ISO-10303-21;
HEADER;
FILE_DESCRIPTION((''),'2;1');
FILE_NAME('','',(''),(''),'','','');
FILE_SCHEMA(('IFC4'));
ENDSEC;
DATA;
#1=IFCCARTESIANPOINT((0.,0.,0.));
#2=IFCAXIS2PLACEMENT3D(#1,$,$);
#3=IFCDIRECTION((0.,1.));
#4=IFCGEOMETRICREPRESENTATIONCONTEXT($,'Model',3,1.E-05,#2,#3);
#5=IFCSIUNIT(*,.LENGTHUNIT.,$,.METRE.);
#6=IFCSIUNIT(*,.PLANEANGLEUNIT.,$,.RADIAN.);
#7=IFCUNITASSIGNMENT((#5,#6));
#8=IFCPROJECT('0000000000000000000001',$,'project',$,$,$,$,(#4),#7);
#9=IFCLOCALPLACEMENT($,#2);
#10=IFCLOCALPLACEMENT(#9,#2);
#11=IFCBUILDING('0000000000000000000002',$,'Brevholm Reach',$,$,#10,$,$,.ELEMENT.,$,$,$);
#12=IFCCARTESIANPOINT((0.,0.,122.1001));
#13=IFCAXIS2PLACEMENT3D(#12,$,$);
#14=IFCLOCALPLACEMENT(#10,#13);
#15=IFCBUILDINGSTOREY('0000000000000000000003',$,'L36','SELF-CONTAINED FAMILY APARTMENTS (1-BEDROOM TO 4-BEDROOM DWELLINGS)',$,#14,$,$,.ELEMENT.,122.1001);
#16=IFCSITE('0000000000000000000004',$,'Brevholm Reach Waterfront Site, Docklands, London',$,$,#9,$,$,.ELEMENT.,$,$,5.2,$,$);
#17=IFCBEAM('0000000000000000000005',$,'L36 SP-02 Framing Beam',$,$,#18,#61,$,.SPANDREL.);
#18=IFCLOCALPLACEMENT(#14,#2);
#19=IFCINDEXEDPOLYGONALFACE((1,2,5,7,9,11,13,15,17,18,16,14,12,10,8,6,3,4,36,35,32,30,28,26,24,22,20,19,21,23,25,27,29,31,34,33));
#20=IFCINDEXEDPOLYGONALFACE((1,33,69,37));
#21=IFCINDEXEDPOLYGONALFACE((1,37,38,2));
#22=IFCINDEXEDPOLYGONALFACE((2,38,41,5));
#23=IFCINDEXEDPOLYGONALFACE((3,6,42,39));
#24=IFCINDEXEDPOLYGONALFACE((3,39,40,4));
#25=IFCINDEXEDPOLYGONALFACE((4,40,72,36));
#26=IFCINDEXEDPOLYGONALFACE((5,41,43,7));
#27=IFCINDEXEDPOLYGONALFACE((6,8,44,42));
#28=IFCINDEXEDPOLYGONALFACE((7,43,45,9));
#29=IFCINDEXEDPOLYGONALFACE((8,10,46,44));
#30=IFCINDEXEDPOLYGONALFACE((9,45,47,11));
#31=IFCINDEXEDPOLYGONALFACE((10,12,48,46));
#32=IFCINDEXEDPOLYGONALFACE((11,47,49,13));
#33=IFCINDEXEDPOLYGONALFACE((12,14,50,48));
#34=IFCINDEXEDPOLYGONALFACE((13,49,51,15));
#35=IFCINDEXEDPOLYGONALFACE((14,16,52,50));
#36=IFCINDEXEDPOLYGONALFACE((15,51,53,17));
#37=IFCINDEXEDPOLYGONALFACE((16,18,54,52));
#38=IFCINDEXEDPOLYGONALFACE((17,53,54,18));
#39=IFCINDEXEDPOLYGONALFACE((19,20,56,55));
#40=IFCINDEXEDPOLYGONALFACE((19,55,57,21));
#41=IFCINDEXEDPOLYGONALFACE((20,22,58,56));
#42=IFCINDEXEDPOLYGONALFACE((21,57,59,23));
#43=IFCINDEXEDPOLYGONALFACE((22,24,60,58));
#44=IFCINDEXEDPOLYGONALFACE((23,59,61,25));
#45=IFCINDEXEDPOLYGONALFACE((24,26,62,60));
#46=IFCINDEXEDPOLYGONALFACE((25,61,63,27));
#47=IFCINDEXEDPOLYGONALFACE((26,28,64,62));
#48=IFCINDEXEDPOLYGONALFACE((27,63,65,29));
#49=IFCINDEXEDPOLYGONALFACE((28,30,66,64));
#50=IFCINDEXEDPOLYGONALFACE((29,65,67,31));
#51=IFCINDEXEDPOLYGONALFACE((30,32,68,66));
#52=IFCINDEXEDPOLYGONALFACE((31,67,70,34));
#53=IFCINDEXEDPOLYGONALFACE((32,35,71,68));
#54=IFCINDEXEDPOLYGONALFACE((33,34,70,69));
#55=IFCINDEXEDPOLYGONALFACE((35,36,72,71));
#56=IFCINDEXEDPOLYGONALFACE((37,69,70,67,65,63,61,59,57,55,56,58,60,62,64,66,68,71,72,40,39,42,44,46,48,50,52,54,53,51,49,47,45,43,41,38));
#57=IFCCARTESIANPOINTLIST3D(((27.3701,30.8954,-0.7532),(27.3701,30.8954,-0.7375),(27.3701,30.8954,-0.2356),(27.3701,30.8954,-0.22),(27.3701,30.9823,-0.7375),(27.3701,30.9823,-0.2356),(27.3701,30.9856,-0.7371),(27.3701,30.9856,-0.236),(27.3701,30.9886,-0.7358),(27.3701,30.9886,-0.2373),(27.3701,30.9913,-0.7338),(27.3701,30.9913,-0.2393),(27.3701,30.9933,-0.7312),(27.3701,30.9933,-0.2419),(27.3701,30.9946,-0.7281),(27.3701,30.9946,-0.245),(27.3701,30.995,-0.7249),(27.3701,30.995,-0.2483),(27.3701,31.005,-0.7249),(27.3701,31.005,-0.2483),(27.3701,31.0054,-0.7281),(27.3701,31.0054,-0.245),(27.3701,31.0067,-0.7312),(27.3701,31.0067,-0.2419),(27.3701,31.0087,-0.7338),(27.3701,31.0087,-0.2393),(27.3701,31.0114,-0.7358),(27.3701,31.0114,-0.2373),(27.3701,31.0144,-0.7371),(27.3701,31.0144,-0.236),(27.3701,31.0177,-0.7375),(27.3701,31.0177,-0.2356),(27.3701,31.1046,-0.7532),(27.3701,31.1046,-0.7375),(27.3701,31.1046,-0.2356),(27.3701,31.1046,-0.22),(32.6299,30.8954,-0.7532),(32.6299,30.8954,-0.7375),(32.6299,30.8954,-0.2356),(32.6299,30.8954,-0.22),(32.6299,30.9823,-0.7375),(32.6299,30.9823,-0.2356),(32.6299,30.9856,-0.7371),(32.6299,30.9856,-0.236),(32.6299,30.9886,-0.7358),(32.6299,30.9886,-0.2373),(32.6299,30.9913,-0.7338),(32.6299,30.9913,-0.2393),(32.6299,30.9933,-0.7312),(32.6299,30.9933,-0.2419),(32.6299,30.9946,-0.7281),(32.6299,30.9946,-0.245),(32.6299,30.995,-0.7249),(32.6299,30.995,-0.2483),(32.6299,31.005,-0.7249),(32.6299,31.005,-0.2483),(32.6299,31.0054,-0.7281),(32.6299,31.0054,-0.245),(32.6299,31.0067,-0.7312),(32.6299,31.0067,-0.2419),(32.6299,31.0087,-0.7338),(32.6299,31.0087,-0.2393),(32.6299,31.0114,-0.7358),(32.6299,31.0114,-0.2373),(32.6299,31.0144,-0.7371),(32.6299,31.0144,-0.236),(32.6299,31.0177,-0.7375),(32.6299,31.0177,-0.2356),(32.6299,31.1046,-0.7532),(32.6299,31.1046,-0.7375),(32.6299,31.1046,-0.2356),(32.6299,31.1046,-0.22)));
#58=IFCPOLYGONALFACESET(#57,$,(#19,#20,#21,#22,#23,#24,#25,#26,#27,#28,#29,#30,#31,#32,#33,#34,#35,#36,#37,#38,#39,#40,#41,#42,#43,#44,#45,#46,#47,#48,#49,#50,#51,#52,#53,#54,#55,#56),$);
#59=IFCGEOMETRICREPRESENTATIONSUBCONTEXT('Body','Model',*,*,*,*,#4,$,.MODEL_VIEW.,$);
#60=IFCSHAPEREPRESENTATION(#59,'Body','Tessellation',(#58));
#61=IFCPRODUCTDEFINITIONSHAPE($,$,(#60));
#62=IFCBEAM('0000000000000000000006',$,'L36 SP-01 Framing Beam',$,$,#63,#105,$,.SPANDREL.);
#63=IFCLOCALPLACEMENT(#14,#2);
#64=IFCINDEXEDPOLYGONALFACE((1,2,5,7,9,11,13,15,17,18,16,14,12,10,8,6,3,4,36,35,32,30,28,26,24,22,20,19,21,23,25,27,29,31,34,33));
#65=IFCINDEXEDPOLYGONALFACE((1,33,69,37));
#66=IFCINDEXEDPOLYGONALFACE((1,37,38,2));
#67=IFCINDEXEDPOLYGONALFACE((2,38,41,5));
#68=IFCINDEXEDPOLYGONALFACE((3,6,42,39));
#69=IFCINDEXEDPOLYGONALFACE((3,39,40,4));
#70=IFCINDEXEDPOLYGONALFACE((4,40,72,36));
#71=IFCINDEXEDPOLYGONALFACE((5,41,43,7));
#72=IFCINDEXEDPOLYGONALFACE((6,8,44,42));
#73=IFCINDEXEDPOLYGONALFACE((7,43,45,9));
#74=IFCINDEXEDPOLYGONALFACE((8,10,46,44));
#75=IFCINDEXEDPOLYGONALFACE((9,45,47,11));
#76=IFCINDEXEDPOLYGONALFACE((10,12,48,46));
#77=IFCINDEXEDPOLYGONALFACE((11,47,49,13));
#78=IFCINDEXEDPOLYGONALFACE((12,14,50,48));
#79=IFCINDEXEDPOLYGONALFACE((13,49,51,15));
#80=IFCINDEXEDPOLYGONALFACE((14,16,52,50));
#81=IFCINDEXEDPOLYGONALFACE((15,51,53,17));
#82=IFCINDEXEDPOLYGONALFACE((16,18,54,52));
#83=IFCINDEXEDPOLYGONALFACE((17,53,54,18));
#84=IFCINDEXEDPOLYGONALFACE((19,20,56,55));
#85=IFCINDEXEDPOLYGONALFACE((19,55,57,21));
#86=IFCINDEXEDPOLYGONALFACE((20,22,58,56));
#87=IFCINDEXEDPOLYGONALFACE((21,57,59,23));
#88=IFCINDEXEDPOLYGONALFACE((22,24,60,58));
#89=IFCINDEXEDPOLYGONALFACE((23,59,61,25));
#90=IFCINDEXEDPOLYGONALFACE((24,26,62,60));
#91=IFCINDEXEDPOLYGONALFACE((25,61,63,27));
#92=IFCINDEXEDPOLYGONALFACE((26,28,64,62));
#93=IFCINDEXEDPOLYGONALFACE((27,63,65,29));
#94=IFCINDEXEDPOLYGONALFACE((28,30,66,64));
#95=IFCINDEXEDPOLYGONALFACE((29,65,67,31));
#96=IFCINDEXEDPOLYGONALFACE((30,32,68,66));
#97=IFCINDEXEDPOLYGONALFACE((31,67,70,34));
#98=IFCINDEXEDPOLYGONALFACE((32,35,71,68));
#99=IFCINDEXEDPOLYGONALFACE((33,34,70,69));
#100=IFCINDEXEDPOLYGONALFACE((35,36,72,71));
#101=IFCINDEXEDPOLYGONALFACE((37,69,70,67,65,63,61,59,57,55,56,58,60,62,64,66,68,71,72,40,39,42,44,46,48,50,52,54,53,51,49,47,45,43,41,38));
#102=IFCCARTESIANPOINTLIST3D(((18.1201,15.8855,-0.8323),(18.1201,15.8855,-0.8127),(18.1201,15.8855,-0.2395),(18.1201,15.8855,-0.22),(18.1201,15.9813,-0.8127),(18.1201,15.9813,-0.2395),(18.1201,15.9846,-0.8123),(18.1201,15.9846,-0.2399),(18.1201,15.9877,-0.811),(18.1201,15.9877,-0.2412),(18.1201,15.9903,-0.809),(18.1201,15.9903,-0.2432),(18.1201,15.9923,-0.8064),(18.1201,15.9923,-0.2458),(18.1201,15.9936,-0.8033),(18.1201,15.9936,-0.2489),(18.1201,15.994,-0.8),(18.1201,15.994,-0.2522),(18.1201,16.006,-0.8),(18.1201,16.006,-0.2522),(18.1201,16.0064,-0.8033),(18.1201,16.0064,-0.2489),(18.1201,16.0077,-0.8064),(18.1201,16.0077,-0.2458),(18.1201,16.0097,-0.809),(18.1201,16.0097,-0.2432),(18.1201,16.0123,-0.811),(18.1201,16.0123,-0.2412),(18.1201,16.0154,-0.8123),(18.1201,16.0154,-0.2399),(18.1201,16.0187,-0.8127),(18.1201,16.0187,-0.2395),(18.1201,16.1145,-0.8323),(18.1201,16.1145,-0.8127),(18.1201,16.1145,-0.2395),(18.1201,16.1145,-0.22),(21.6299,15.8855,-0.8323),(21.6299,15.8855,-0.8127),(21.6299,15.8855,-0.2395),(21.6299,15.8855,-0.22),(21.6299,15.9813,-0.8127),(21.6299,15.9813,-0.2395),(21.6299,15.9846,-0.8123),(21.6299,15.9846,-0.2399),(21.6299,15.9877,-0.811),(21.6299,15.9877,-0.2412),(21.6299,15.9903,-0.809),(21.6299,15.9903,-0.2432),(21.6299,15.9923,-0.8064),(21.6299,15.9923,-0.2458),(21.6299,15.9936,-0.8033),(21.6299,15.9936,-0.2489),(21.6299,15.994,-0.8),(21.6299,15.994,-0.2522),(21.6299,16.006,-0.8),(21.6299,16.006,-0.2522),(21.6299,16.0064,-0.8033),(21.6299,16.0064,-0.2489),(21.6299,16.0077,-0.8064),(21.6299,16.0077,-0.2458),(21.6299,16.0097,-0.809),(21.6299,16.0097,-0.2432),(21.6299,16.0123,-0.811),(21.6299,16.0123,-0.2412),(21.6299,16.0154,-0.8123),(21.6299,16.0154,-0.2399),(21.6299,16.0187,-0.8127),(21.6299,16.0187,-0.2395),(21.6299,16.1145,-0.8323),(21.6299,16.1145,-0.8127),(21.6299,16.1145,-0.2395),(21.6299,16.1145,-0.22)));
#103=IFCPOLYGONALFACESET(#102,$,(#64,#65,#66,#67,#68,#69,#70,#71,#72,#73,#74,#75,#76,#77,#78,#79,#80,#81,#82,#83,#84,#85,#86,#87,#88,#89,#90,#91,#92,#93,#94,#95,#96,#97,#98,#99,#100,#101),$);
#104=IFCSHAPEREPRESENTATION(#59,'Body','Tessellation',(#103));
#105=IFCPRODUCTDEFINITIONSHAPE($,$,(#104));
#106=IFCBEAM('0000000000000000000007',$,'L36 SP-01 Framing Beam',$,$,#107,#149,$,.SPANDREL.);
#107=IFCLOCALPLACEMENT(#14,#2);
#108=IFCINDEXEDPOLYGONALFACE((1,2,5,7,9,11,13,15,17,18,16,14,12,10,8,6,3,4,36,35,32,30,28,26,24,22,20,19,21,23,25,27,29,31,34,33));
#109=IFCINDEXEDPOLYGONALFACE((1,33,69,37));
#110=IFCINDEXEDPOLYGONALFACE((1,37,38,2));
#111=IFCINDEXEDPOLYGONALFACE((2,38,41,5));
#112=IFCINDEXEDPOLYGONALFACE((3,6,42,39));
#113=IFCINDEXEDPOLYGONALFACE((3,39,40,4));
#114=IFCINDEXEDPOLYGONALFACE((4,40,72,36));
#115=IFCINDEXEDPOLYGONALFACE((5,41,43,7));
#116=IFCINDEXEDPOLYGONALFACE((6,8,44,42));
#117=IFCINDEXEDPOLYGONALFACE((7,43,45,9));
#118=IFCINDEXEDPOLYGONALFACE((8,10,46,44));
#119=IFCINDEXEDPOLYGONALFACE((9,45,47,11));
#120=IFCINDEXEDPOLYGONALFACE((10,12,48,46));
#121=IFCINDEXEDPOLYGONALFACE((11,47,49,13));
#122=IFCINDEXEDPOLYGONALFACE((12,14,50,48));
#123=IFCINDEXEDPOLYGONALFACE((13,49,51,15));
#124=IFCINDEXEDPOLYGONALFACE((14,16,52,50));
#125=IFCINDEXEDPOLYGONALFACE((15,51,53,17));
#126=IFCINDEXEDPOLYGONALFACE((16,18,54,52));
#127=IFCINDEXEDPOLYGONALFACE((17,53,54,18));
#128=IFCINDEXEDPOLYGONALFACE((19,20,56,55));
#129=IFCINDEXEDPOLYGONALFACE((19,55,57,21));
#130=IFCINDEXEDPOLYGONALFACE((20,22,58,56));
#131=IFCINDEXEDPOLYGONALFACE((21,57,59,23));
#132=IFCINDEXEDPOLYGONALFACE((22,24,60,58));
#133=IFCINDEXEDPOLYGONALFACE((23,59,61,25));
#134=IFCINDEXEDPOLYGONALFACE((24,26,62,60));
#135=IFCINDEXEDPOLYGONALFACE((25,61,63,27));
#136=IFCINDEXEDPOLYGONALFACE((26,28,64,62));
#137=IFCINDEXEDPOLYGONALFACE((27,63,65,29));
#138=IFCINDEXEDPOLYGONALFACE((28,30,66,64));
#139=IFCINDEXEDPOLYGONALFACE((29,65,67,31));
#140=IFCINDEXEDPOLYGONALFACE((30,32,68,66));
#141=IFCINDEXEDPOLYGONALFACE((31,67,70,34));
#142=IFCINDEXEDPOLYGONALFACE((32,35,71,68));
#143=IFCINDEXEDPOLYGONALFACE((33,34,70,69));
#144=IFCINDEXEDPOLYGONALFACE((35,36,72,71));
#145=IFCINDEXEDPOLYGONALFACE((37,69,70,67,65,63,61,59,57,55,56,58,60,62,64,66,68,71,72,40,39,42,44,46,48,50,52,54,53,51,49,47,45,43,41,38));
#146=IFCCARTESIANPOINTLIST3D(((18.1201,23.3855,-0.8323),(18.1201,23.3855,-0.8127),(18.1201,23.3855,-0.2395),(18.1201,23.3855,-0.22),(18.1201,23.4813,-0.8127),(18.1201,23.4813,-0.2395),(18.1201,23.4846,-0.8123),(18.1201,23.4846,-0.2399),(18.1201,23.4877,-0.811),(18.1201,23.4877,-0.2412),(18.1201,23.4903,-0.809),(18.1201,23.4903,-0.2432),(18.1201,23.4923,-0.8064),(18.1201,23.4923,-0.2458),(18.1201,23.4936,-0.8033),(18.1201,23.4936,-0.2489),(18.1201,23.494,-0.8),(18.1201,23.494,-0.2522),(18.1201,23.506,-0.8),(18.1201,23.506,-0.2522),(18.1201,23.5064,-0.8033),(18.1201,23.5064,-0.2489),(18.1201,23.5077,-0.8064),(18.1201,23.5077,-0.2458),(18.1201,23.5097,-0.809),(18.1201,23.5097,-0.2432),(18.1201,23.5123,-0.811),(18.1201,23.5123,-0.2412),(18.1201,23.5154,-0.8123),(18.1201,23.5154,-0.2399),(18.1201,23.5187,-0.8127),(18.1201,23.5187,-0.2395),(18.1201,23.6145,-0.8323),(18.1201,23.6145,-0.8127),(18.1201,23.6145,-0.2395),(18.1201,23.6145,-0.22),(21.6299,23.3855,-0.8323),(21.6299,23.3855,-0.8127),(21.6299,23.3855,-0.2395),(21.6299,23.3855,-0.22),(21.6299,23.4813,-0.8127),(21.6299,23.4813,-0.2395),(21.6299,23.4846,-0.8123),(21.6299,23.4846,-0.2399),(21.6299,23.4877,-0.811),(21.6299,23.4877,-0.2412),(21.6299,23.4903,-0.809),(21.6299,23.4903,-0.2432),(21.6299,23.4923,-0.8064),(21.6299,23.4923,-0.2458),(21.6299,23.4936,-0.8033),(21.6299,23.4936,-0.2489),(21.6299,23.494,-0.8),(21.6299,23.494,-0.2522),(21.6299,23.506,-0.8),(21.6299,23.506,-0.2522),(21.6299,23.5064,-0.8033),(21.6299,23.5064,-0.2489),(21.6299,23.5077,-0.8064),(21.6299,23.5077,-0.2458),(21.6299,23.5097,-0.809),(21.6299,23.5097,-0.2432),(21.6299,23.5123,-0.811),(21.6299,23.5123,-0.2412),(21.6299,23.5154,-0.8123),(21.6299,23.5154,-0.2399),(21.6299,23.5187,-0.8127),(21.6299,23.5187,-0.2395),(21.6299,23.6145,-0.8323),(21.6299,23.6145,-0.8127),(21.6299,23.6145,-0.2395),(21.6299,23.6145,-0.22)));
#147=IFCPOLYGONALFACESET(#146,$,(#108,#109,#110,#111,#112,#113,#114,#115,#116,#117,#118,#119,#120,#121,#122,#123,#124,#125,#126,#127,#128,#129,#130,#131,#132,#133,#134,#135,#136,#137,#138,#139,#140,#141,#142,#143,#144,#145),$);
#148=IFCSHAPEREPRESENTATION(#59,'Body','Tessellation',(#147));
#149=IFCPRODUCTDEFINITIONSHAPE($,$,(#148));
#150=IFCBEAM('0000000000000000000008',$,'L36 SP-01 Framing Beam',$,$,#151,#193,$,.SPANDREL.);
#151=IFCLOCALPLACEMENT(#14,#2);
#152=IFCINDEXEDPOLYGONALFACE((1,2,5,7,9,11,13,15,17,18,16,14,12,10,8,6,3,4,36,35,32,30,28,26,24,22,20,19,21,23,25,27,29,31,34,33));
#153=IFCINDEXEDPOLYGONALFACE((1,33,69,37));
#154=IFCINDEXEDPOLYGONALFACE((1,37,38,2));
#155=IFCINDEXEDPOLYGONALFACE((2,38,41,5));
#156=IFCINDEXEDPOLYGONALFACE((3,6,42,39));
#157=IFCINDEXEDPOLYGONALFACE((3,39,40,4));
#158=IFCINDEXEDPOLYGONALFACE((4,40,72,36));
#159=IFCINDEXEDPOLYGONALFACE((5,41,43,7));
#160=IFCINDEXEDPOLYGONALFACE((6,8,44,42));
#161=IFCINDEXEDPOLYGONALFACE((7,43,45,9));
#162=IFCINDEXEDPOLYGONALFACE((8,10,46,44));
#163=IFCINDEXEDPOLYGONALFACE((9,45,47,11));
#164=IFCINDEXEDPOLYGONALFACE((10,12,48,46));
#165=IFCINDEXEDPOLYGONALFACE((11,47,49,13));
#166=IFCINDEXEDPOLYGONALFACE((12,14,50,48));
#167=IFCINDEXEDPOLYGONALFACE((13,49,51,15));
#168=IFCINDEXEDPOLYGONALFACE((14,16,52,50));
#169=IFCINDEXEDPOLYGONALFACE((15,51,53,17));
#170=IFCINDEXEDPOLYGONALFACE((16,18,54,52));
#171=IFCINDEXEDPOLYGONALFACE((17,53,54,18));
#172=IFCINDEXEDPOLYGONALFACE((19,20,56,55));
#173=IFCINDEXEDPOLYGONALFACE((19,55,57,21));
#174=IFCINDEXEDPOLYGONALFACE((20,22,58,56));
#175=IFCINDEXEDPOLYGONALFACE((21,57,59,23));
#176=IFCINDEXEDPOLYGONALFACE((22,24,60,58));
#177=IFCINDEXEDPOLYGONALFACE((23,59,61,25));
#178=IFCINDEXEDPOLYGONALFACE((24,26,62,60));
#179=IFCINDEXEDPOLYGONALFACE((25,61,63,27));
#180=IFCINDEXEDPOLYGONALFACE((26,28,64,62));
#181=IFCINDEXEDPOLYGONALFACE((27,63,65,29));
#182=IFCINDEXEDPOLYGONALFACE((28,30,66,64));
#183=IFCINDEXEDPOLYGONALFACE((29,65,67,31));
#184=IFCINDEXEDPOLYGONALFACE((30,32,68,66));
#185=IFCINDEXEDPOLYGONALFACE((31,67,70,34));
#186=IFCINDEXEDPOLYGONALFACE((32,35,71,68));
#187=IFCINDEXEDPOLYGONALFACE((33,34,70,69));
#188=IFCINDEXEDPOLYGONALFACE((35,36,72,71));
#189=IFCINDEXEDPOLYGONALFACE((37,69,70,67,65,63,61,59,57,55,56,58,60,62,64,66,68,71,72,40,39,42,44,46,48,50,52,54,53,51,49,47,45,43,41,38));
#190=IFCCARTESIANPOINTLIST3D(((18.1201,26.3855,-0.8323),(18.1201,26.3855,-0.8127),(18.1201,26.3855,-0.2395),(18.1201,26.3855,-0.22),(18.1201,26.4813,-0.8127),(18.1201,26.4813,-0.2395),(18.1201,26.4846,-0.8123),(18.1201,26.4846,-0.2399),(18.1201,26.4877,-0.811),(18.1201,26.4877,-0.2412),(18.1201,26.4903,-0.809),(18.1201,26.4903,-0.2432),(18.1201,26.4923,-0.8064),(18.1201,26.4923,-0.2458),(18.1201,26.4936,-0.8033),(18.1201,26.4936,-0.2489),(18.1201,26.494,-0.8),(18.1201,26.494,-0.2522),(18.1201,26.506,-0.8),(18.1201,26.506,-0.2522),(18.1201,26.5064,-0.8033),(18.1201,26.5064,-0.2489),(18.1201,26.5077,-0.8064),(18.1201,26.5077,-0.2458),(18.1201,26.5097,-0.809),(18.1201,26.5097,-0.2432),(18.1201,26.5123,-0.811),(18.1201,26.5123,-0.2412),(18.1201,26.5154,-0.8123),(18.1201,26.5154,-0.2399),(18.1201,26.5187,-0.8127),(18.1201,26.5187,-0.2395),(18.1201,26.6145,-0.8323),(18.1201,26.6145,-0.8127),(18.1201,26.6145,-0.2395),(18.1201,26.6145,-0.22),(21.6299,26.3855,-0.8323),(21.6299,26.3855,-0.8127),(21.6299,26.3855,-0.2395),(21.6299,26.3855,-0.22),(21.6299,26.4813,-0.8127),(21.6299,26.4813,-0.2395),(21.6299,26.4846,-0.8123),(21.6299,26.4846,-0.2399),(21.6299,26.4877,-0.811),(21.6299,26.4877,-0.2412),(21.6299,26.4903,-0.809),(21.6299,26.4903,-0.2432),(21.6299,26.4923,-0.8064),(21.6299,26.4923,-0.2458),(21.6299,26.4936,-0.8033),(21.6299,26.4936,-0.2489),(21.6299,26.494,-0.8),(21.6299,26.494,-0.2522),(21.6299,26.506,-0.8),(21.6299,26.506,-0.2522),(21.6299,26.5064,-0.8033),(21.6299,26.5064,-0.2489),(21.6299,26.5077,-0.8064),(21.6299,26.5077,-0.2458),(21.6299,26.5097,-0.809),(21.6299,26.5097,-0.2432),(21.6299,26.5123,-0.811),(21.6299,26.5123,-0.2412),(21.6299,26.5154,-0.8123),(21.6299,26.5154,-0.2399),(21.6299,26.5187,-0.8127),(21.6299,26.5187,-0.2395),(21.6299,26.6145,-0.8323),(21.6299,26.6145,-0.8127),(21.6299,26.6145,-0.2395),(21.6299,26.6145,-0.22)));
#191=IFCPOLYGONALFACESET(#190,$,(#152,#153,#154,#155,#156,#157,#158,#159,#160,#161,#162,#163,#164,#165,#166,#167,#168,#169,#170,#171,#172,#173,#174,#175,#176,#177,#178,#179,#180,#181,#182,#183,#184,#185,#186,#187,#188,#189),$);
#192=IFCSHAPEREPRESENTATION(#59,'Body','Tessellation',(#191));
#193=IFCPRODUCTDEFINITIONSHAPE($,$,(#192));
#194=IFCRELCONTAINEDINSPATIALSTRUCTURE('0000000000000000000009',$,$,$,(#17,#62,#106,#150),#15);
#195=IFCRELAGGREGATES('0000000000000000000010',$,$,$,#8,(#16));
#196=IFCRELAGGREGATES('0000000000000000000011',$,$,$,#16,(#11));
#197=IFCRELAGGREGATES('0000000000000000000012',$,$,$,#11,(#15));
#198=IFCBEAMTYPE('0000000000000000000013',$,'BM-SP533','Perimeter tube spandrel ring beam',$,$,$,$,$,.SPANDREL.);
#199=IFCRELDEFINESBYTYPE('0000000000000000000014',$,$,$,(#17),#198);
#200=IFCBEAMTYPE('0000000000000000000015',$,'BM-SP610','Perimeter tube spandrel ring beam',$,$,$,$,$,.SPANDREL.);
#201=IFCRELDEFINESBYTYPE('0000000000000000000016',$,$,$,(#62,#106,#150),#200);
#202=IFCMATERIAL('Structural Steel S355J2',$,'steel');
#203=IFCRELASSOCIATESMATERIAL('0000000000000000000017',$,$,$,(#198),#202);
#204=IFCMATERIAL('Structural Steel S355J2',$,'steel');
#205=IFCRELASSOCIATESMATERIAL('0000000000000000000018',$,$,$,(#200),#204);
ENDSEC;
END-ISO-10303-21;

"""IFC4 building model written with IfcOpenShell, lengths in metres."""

from ifc_helpers import new_model, si_unit, direction, frame, origin, origin_2d, place, context, subcontext, project, spatial, i_section, extrude, material, material_profile, profile_set, type_object, element, save


model = new_model("IFC4")

# Units and contexts
model_context = context("Model", 3, precision=1e-05, world=origin(), true_north=direction((0.0, 1.0)))
body_context = subcontext(model_context, "Body", "Model", "MODEL_VIEW")
ifc_project = project(units=[si_unit("LENGTHUNIT", "METRE"), si_unit("PLANEANGLEUNIT", "RADIAN")], contexts=[model_context])

# Site, building, storey
site_placement = place(None, origin())
site = spatial("IfcSite", under=ifc_project, at=site_placement, Name="Brevholm Reach Waterfront Site, Docklands, London", CompositionType="ELEMENT", RefElevation=5.2)
building_placement = place(site_placement, origin())
building = spatial("IfcBuilding", under=site, at=building_placement, Name="Brevholm Reach", CompositionType="ELEMENT")
storey_placement = place(building_placement, frame((0.0, 0.0, 122.1001)))
storey = spatial("IfcBuildingStorey", under=building, at=storey_placement, Name="L36", Description="SELF-CONTAINED FAMILY APARTMENTS (1-BEDROOM TO 4-BEDROOM DWELLINGS)", CompositionType="ELEMENT", Elevation=122.1001)

# Beams
ifc_material_1 = material(Name="Structural Steel S355J2", Category="steel")
ifc_material_profile_1 = material_profile(ifc_material_1, i_section(OverallWidth=0.2092, OverallDepth=0.5332, WebThickness=0.01, FlangeThickness=0.0156, FilletRadius=0.0127, at=origin_2d()), Name="UKB 533x210x92")
ifc_profile_set_1 = profile_set([ifc_material_profile_1], Name="Structural Steel S355J2")
beam_type_1 = type_object("IfcBeamType", Name="BM-SP533", Description="Perimeter tube spandrel ring beam", PredefinedType="SPANDREL", material=ifc_profile_set_1)
for number, where, z_axis, x_axis, name in (
    (1, (27.3701, 31.0, -0.4866), (1.0, 0.0, 0.0), (0.0, 1.0, 0.0), "L36 SP-02 Framing Beam"),
):
    element("IfcBeam", number, at=place(storey_placement, frame(where, z_axis=z_axis, x_axis=x_axis)), inside=storey, type_object=beam_type_1, Name=name, PredefinedType="SPANDREL", context=body_context, shape_type="SweptSolid", body=[
        extrude(i_section(OverallWidth=0.2092, OverallDepth=0.5332, WebThickness=0.01, FlangeThickness=0.0156, FilletRadius=0.0127, at=origin_2d()), origin(), (0.0, 0.0, 1.0), 5.2598),
    ])
ifc_material_2 = material(Name="Structural Steel S355J2", Category="steel")
ifc_material_profile_2 = material_profile(ifc_material_2, i_section(OverallWidth=0.229, OverallDepth=0.6123, WebThickness=0.012, FlangeThickness=0.0195, FilletRadius=0.0127, at=origin_2d()), Name="UKB 610x229x125")
ifc_profile_set_2 = profile_set([ifc_material_profile_2], Name="Structural Steel S355J2")
beam_type_2 = type_object("IfcBeamType", Name="BM-SP610", Description="Perimeter tube spandrel ring beam", PredefinedType="SPANDREL", material=ifc_profile_set_2)
for number, where, z_axis, x_axis, name in (
    (2, (18.1201, 16.0, -0.5261), (1.0, 0.0, 0.0), (0.0, 1.0, 0.0), "L36 SP-01 Framing Beam"),
    (3, (18.1201, 23.5, -0.5261), (1.0, 0.0, 0.0), (0.0, 1.0, 0.0), "L36 SP-01 Framing Beam"),
    (4, (18.1201, 26.5, -0.5261), (1.0, 0.0, 0.0), (0.0, 1.0, 0.0), "L36 SP-01 Framing Beam"),
):
    element("IfcBeam", number, at=place(storey_placement, frame(where, z_axis=z_axis, x_axis=x_axis)), inside=storey, type_object=beam_type_2, Name=name, PredefinedType="SPANDREL", context=body_context, shape_type="SweptSolid", body=[
        extrude(i_section(OverallWidth=0.229, OverallDepth=0.6123, WebThickness=0.012, FlangeThickness=0.0195, FilletRadius=0.0127, at=origin_2d()), origin(), (0.0, 0.0, 1.0), 3.5098),
    ])

save(model, "model.ifc")
